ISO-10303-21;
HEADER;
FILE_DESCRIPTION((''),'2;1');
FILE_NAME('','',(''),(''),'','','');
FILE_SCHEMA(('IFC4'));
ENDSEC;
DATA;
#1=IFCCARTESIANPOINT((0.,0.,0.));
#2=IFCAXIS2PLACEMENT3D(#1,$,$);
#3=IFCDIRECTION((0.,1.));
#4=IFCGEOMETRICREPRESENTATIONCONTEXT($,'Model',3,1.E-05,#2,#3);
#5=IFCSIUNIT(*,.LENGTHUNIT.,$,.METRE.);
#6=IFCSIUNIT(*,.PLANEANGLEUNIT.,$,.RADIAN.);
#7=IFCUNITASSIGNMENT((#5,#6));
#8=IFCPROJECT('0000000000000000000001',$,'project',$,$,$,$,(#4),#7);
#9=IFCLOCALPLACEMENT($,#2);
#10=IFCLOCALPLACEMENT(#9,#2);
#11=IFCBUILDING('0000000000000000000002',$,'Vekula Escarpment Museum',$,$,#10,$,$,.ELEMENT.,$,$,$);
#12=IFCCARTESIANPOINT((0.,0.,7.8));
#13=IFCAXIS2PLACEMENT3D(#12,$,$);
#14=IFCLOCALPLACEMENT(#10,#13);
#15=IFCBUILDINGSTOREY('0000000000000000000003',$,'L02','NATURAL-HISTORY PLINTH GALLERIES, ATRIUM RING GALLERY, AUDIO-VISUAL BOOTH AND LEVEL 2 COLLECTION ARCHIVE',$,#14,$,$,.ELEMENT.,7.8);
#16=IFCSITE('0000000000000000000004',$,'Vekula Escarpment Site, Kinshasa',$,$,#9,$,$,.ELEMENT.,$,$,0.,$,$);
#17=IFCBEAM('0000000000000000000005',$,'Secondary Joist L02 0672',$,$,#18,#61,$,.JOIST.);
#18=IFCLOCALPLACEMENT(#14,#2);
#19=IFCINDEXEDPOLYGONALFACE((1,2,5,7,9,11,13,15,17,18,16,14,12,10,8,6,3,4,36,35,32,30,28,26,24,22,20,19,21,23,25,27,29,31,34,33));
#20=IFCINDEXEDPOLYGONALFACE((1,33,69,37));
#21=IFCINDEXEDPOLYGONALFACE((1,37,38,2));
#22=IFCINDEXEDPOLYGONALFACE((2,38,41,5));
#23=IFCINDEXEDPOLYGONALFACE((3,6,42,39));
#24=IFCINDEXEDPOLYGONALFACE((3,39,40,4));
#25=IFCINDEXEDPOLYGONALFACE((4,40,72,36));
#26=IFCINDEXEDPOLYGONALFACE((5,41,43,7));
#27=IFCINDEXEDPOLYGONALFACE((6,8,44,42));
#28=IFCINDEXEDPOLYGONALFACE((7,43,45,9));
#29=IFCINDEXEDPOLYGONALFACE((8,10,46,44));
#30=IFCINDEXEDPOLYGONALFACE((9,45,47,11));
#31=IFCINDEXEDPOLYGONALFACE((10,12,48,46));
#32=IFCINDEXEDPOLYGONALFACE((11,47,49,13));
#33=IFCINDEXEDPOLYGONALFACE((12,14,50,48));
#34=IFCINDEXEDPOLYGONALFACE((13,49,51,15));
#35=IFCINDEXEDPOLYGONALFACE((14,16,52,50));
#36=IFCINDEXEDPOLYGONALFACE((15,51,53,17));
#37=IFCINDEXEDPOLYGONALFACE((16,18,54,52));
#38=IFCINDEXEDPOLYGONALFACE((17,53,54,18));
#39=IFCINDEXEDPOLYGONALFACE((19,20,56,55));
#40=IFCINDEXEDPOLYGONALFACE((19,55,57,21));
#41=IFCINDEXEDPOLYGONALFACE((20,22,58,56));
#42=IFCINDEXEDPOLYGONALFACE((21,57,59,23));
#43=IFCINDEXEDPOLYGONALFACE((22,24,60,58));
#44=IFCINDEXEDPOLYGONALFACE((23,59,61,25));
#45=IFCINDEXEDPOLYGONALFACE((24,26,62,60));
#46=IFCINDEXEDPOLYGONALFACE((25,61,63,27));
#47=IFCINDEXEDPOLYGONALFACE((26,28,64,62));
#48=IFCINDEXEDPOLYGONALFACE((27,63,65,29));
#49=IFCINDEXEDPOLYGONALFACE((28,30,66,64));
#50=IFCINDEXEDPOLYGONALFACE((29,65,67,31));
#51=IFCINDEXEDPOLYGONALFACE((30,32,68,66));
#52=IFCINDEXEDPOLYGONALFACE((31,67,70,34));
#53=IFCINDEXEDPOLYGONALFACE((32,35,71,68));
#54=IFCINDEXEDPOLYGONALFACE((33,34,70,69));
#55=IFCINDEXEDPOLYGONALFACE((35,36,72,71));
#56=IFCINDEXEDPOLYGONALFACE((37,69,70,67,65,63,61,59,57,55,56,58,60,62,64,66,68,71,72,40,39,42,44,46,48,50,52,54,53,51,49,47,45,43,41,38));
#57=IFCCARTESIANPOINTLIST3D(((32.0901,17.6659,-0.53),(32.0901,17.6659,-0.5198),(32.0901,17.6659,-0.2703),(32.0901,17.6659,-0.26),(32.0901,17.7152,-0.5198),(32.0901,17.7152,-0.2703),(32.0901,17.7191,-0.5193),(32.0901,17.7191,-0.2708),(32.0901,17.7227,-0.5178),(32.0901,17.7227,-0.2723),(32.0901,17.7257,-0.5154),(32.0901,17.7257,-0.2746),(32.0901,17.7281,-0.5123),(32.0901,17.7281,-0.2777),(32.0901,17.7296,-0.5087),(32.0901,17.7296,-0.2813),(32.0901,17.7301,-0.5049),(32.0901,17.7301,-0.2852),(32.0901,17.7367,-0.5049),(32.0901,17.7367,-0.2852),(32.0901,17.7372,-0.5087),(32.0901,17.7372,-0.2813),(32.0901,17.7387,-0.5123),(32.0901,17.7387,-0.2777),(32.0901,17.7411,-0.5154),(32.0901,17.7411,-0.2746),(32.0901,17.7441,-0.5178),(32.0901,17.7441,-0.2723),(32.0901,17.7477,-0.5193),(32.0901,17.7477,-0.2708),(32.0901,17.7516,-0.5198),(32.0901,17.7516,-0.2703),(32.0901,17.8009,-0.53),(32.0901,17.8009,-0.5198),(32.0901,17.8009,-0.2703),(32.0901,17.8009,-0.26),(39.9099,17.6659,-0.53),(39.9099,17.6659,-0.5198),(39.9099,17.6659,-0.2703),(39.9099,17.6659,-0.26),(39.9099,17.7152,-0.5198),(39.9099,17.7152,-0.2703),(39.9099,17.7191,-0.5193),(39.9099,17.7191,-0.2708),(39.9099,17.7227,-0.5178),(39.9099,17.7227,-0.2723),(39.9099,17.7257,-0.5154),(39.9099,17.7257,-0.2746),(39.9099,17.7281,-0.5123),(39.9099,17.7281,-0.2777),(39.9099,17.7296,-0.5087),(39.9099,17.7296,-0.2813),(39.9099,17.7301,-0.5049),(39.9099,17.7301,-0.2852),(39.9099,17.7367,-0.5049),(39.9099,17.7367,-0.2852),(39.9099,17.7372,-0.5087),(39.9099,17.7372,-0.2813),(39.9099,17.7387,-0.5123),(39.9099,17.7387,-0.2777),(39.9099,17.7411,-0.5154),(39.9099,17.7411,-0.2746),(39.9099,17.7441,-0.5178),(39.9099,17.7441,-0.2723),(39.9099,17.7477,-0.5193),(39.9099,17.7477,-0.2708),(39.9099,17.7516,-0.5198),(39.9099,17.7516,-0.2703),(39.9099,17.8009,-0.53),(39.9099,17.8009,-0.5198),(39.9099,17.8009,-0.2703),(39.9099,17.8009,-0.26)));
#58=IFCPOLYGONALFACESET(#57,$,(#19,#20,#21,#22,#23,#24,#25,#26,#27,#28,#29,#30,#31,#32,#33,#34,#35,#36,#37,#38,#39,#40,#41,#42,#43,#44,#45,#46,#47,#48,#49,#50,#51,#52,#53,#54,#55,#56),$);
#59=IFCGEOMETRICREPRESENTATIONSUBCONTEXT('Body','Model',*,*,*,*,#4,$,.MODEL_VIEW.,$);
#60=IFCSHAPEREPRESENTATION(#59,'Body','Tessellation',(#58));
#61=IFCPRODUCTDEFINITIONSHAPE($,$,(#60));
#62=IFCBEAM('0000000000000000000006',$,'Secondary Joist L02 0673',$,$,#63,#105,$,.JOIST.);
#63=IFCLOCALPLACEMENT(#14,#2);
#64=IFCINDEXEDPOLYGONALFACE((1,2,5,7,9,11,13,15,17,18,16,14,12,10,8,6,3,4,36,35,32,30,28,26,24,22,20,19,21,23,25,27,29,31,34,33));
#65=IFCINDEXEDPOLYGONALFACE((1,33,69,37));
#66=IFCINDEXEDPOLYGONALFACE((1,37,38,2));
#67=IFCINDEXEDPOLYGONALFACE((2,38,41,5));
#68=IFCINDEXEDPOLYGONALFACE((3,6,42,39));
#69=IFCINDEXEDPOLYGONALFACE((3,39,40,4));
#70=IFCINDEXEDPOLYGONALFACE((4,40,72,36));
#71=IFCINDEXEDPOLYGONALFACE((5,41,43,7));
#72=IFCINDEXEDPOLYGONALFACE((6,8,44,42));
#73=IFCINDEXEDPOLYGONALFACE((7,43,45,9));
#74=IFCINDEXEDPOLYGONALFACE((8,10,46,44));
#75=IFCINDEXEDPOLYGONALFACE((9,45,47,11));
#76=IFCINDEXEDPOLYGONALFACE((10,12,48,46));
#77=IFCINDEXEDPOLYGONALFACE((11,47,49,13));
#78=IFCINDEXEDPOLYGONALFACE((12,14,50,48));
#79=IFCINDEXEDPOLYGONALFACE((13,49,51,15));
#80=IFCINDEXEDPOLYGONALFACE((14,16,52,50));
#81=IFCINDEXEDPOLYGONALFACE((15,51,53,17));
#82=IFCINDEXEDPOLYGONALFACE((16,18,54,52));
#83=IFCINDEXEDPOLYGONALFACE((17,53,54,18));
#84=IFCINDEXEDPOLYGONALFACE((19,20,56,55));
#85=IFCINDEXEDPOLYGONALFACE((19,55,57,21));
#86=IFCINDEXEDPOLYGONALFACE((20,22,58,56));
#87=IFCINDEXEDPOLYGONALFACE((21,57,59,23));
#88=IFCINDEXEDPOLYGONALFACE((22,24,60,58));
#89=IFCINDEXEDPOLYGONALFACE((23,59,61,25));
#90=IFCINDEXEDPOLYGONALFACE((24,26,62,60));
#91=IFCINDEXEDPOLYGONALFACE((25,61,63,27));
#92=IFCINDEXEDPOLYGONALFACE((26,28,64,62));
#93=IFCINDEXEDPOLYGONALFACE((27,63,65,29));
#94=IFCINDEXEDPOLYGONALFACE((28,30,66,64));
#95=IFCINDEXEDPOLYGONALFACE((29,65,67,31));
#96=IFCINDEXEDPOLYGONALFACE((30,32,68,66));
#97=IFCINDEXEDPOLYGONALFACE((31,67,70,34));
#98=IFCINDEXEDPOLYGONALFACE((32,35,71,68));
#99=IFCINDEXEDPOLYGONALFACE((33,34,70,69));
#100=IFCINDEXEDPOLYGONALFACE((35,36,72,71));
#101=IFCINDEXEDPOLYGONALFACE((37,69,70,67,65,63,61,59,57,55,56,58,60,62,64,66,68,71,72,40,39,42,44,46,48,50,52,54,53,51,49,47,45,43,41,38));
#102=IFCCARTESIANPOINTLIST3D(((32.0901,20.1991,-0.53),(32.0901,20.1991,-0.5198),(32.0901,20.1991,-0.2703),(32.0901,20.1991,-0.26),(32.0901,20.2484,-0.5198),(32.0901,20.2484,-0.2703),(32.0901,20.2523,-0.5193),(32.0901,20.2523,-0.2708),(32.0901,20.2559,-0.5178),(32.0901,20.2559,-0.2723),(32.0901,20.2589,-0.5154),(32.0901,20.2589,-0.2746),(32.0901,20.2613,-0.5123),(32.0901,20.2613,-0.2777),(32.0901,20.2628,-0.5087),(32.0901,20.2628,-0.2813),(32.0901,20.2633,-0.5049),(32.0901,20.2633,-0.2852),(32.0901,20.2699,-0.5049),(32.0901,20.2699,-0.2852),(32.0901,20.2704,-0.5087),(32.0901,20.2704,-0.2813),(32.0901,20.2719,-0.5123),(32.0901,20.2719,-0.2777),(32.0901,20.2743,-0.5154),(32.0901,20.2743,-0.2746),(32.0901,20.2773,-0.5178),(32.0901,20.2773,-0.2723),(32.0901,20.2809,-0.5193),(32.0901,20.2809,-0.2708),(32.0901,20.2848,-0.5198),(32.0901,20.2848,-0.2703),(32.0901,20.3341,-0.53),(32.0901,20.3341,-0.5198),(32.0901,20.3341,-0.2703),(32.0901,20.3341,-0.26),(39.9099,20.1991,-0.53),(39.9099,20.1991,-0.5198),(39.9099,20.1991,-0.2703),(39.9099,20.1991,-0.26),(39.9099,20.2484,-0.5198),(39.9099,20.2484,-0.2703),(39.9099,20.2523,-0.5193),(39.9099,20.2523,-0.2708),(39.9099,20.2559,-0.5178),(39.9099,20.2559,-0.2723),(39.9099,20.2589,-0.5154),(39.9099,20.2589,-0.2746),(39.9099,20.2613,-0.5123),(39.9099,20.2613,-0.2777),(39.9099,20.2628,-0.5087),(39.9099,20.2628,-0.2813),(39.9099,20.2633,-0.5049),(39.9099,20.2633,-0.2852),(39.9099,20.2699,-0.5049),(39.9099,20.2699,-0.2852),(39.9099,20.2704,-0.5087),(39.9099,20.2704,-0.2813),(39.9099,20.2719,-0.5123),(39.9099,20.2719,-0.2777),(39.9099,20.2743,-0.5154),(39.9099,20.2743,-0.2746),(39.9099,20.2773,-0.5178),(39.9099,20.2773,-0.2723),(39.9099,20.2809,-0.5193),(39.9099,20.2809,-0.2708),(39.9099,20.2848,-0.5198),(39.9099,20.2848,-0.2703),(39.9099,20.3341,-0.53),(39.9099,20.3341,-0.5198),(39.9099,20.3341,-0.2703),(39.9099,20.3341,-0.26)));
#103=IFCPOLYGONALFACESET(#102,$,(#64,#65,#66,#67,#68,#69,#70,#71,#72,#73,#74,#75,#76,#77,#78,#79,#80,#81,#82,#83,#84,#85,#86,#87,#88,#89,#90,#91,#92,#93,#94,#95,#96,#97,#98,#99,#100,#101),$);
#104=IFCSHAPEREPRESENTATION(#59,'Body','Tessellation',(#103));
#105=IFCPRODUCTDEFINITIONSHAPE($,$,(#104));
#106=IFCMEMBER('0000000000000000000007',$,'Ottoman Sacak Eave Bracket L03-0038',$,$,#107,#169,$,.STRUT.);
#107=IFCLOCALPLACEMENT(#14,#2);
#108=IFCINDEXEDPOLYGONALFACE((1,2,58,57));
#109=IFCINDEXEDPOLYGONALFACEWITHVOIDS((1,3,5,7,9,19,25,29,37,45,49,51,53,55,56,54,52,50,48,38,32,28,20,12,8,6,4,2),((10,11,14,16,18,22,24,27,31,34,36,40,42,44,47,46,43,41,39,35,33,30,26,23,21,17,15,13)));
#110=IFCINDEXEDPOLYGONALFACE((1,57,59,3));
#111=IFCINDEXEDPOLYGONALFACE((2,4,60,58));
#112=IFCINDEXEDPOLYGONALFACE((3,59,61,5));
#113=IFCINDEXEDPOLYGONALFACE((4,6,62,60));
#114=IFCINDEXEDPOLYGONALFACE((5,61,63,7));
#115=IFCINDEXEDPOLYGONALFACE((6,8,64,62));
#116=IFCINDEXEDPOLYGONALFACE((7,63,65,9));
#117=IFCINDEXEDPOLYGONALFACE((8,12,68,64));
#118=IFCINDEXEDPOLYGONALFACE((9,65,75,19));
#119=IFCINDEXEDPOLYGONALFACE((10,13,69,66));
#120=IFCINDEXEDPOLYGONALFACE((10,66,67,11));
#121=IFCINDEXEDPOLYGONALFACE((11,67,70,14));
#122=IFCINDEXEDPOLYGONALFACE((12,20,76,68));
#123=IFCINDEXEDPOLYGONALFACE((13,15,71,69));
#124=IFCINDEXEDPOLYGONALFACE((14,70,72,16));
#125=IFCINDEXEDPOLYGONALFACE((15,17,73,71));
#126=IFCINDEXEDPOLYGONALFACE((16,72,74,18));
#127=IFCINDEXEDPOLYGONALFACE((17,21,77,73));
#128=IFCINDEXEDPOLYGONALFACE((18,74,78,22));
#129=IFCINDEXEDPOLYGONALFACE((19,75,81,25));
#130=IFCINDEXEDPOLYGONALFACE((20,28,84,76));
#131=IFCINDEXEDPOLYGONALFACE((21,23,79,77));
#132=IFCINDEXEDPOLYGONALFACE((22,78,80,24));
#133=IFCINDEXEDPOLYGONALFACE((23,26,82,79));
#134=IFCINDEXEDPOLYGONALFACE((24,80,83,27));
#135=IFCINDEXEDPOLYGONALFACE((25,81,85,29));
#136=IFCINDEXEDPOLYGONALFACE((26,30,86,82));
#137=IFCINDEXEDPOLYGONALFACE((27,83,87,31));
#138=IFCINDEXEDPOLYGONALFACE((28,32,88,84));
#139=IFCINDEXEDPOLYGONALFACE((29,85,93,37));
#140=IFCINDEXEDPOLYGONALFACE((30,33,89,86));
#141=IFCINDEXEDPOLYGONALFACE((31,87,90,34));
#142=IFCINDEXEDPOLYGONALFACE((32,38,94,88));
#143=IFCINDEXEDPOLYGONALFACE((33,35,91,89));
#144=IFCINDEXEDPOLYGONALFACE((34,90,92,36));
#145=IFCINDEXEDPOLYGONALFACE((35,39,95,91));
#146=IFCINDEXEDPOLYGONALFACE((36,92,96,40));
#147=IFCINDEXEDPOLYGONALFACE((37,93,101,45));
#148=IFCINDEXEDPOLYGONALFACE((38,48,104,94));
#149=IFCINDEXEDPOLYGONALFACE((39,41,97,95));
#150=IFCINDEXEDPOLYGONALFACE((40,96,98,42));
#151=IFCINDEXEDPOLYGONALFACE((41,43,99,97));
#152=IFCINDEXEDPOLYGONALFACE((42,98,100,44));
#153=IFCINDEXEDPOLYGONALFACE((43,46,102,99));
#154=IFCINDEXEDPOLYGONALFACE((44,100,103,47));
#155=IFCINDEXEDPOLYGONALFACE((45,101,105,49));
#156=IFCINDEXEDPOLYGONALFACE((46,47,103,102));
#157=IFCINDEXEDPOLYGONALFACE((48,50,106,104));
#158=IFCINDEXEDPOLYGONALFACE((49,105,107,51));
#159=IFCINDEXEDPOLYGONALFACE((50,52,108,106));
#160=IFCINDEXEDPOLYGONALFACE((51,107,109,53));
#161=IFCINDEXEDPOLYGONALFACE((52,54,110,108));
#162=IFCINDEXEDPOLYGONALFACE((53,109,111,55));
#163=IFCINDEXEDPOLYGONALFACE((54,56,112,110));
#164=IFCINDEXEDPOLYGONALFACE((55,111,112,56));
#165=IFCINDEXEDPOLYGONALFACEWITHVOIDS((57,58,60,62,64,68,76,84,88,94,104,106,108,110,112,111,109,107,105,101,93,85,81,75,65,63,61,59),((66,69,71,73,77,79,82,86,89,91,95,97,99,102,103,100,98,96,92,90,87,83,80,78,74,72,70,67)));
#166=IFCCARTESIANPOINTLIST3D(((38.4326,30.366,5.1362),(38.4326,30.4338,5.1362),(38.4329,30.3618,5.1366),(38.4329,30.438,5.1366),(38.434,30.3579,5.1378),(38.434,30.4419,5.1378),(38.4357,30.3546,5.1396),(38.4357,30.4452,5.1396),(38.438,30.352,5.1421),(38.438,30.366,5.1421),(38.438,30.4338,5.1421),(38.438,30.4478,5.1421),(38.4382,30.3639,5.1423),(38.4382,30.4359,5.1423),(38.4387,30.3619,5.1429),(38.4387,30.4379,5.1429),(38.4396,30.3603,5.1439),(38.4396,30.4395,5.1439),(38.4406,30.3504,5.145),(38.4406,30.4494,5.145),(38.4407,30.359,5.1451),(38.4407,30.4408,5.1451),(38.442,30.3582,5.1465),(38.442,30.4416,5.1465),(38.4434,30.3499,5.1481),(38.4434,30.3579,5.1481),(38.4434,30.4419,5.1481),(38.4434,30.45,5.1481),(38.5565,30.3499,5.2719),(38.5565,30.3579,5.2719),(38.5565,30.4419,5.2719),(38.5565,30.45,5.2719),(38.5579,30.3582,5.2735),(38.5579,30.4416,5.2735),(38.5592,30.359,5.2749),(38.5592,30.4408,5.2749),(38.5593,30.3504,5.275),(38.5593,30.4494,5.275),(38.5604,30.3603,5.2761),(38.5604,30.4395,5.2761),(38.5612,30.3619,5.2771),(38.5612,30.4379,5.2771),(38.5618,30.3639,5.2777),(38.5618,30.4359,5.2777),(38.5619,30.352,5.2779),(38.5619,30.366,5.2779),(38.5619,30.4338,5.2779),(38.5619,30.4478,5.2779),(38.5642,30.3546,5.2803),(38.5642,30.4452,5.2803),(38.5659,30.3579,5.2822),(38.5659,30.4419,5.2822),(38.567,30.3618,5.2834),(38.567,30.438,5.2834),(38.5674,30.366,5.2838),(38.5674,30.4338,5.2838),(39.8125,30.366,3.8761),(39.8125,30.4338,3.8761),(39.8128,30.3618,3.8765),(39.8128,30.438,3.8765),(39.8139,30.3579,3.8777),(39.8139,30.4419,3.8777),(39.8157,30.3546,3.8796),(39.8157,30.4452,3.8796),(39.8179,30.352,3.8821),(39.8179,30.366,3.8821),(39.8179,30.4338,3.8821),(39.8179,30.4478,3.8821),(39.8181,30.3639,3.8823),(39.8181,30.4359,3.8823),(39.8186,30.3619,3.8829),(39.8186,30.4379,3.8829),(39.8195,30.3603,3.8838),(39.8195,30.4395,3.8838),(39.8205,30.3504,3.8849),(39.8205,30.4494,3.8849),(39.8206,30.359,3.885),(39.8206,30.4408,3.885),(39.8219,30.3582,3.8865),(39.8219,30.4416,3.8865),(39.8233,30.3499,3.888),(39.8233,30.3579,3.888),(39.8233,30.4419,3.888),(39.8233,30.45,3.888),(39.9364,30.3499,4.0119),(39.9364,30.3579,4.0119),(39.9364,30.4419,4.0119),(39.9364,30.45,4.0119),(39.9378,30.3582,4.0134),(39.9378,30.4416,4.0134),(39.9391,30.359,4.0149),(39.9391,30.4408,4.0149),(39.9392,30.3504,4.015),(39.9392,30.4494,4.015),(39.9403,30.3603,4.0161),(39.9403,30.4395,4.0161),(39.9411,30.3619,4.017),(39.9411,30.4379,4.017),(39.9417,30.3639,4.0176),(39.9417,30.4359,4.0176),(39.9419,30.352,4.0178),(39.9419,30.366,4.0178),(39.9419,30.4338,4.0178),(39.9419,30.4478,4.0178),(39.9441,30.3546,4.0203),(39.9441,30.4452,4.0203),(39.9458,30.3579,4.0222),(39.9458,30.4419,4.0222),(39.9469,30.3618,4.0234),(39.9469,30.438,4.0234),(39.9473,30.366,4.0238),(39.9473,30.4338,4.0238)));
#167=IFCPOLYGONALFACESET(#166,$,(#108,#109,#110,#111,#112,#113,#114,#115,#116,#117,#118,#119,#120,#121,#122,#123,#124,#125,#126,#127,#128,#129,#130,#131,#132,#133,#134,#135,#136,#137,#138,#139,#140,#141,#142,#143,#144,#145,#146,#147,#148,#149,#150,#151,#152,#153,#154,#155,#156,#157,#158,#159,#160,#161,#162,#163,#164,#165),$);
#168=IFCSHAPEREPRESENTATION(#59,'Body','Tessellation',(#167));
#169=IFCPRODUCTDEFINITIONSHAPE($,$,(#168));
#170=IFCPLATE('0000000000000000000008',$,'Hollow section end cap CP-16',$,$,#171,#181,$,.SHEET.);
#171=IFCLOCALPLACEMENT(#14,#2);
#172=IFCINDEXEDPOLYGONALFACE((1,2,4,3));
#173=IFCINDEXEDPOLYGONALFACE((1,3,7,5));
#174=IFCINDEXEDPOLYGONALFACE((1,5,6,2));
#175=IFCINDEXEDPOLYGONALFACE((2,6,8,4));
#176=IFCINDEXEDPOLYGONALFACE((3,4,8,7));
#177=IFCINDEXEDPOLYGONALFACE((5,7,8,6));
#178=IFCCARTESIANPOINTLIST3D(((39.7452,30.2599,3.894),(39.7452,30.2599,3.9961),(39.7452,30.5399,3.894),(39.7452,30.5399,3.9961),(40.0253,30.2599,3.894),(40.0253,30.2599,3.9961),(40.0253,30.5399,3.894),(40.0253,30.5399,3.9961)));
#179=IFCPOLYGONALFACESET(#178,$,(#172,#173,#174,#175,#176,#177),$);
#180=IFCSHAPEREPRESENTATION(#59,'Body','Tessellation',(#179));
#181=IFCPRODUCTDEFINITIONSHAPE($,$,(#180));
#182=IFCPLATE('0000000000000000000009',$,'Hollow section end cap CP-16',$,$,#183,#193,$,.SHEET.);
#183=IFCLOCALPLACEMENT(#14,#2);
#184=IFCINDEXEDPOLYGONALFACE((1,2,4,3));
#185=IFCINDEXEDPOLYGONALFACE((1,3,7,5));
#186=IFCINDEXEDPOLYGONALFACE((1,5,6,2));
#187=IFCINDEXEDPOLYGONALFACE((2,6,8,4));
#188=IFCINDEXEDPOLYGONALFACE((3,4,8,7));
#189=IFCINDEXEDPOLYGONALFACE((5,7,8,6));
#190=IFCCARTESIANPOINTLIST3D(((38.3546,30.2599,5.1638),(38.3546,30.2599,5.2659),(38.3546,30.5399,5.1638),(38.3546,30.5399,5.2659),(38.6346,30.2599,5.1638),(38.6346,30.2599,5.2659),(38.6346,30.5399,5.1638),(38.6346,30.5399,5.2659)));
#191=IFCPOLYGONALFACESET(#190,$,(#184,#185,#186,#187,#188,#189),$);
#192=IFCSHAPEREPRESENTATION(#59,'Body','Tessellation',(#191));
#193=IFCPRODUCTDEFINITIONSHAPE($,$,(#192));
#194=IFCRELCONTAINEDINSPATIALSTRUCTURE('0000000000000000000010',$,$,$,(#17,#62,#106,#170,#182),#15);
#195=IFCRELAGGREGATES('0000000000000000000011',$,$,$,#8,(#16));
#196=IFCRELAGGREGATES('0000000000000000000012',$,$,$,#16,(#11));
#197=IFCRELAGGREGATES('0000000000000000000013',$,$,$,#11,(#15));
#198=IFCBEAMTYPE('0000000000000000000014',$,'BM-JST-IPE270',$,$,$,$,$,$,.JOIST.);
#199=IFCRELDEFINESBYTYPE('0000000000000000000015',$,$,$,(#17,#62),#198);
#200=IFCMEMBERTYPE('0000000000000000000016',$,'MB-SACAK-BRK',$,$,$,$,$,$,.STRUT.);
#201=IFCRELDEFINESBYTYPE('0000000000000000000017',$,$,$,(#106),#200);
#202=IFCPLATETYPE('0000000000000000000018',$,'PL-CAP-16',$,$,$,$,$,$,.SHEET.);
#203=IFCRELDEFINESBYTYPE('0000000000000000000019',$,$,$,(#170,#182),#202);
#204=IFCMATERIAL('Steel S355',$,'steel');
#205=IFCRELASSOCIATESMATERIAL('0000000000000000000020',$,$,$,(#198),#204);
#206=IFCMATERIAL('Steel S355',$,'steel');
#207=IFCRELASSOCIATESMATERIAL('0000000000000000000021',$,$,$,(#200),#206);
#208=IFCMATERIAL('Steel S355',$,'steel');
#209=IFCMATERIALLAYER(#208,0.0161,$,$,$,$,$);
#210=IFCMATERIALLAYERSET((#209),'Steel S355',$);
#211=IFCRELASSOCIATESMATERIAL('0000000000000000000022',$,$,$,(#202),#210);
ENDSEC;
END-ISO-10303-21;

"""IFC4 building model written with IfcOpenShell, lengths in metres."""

from ifc_helpers import new_model, si_unit, direction, frame, origin, origin_2d, place, context, subcontext, project, spatial, rectangle, hollow_rectangle, i_section, extrude, material, layer, layer_set, material_profile, profile_set, type_object, element, save


model = new_model("IFC4")

# Units and contexts
model_context = context("Model", 3, precision=1e-05, world=origin(), true_north=direction((0.0, 1.0)))
body_context = subcontext(model_context, "Body", "Model", "MODEL_VIEW")
ifc_project = project(units=[si_unit("LENGTHUNIT", "METRE"), si_unit("PLANEANGLEUNIT", "RADIAN")], contexts=[model_context])

# Site, building, storey
site_placement = place(None, origin())
site = spatial("IfcSite", under=ifc_project, at=site_placement, Name="Vekula Escarpment Site, Kinshasa", CompositionType="ELEMENT", RefElevation=0.0)
building_placement = place(site_placement, origin())
building = spatial("IfcBuilding", under=site, at=building_placement, Name="Vekula Escarpment Museum", CompositionType="ELEMENT")
storey_placement = place(building_placement, frame((0.0, 0.0, 7.8)))
storey = spatial("IfcBuildingStorey", under=building, at=storey_placement, Name="L02", Description="NATURAL-HISTORY PLINTH GALLERIES, ATRIUM RING GALLERY, AUDIO-VISUAL BOOTH AND LEVEL 2 COLLECTION ARCHIVE", CompositionType="ELEMENT", Elevation=7.8)

# Beams
ifc_material_1 = material(Name="Steel S355", Category="steel")
ifc_material_profile_1 = material_profile(ifc_material_1, i_section(OverallWidth=0.135, OverallDepth=0.27, WebThickness=0.0066, FlangeThickness=0.0103, FilletRadius=0.0149, at=origin_2d()), Name="IPE 270")
ifc_profile_set_1 = profile_set([ifc_material_profile_1], Name="Steel S355")
beam_type_1 = type_object("IfcBeamType", Name="BM-JST-IPE270", PredefinedType="JOIST", material=ifc_profile_set_1)
for number, where, z_axis, x_axis, name in (
    (1, (32.0901, 17.7334, -0.395), (1.0, 0.0, 0.0), (0.0, 1.0, 0.0), "Secondary Joist L02 0672"),
    (2, (32.0901, 20.2666, -0.395), (1.0, 0.0, 0.0), (0.0, 1.0, 0.0), "Secondary Joist L02 0673"),
):
    element("IfcBeam", number, at=place(storey_placement, frame(where, z_axis=z_axis, x_axis=x_axis)), inside=storey, type_object=beam_type_1, Name=name, PredefinedType="JOIST", context=body_context, shape_type="SweptSolid", body=[
        extrude(i_section(OverallWidth=0.135, OverallDepth=0.27, WebThickness=0.0066, FlangeThickness=0.0103, FilletRadius=0.0149, at=origin_2d()), origin(), (0.0, 0.0, 1.0), 7.8198),
    ])

# Member
ifc_material_2 = material(Name="Steel S355", Category="steel")
ifc_material_profile_2 = material_profile(ifc_material_2, hollow_rectangle(XDim=0.1001, YDim=0.2, WallThickness=0.0081, InnerFilletRadius=0.0081, OuterFilletRadius=0.0161, at=origin_2d()), Name="RHS 200x100x8")
ifc_profile_set_2 = profile_set([ifc_material_profile_2], Name="Steel S355")
member_type = type_object("IfcMemberType", Name="MB-SACAK-BRK", PredefinedType="STRUT", material=ifc_profile_set_2)
member_placement = place(storey_placement, frame((39.8799, 30.3999, 3.95), z_axis=(-0.738454, 0.0, 0.674303), x_axis=(0.0, -1.0, 0.0)))
element("IfcMember", 3, at=member_placement, inside=storey, type_object=member_type, Name="Ottoman Sacak Eave Bracket L03-0038", PredefinedType="STRUT", context=body_context, shape_type="SweptSolid", body=[
    extrude(hollow_rectangle(XDim=0.1001, YDim=0.2, WallThickness=0.0081, InnerFilletRadius=0.0081, OuterFilletRadius=0.0161, at=origin_2d()), origin(), (0.0, 0.0, 1.0), 1.8687),
])

# Plates
ifc_material_3 = material(Name="Steel S355", Category="steel")
ifc_layer_1 = layer(ifc_material_3, 0.0161)
ifc_layer_set_1 = layer_set([ifc_layer_1], Name="Steel S355")
plate_type_1 = type_object("IfcPlateType", Name="PL-CAP-16", PredefinedType="SHEET", material=ifc_layer_set_1)
for number, where, z_axis, x_axis, name in (
    (4, (39.8853, 30.3999, 3.894), (0.0, 0.0, 1.0), (1.0, 0.0, 0.0), "Hollow section end cap CP-16"),
    (5, (38.4946, 30.3999, 5.1638), (0.0, 0.0, 1.0), (1.0, 0.0, 0.0), "Hollow section end cap CP-16"),
):
    element("IfcPlate", number, at=place(storey_placement, frame(where, z_axis=z_axis, x_axis=x_axis)), inside=storey, type_object=plate_type_1, Name=name, PredefinedType="SHEET", context=body_context, shape_type="SweptSolid", body=[
        extrude(rectangle(XDim=0.28, YDim=0.28, at=origin_2d()), origin(), (0.0, 0.0, 1.0), 0.1021),
    ])

save(model, "model.ifc")
